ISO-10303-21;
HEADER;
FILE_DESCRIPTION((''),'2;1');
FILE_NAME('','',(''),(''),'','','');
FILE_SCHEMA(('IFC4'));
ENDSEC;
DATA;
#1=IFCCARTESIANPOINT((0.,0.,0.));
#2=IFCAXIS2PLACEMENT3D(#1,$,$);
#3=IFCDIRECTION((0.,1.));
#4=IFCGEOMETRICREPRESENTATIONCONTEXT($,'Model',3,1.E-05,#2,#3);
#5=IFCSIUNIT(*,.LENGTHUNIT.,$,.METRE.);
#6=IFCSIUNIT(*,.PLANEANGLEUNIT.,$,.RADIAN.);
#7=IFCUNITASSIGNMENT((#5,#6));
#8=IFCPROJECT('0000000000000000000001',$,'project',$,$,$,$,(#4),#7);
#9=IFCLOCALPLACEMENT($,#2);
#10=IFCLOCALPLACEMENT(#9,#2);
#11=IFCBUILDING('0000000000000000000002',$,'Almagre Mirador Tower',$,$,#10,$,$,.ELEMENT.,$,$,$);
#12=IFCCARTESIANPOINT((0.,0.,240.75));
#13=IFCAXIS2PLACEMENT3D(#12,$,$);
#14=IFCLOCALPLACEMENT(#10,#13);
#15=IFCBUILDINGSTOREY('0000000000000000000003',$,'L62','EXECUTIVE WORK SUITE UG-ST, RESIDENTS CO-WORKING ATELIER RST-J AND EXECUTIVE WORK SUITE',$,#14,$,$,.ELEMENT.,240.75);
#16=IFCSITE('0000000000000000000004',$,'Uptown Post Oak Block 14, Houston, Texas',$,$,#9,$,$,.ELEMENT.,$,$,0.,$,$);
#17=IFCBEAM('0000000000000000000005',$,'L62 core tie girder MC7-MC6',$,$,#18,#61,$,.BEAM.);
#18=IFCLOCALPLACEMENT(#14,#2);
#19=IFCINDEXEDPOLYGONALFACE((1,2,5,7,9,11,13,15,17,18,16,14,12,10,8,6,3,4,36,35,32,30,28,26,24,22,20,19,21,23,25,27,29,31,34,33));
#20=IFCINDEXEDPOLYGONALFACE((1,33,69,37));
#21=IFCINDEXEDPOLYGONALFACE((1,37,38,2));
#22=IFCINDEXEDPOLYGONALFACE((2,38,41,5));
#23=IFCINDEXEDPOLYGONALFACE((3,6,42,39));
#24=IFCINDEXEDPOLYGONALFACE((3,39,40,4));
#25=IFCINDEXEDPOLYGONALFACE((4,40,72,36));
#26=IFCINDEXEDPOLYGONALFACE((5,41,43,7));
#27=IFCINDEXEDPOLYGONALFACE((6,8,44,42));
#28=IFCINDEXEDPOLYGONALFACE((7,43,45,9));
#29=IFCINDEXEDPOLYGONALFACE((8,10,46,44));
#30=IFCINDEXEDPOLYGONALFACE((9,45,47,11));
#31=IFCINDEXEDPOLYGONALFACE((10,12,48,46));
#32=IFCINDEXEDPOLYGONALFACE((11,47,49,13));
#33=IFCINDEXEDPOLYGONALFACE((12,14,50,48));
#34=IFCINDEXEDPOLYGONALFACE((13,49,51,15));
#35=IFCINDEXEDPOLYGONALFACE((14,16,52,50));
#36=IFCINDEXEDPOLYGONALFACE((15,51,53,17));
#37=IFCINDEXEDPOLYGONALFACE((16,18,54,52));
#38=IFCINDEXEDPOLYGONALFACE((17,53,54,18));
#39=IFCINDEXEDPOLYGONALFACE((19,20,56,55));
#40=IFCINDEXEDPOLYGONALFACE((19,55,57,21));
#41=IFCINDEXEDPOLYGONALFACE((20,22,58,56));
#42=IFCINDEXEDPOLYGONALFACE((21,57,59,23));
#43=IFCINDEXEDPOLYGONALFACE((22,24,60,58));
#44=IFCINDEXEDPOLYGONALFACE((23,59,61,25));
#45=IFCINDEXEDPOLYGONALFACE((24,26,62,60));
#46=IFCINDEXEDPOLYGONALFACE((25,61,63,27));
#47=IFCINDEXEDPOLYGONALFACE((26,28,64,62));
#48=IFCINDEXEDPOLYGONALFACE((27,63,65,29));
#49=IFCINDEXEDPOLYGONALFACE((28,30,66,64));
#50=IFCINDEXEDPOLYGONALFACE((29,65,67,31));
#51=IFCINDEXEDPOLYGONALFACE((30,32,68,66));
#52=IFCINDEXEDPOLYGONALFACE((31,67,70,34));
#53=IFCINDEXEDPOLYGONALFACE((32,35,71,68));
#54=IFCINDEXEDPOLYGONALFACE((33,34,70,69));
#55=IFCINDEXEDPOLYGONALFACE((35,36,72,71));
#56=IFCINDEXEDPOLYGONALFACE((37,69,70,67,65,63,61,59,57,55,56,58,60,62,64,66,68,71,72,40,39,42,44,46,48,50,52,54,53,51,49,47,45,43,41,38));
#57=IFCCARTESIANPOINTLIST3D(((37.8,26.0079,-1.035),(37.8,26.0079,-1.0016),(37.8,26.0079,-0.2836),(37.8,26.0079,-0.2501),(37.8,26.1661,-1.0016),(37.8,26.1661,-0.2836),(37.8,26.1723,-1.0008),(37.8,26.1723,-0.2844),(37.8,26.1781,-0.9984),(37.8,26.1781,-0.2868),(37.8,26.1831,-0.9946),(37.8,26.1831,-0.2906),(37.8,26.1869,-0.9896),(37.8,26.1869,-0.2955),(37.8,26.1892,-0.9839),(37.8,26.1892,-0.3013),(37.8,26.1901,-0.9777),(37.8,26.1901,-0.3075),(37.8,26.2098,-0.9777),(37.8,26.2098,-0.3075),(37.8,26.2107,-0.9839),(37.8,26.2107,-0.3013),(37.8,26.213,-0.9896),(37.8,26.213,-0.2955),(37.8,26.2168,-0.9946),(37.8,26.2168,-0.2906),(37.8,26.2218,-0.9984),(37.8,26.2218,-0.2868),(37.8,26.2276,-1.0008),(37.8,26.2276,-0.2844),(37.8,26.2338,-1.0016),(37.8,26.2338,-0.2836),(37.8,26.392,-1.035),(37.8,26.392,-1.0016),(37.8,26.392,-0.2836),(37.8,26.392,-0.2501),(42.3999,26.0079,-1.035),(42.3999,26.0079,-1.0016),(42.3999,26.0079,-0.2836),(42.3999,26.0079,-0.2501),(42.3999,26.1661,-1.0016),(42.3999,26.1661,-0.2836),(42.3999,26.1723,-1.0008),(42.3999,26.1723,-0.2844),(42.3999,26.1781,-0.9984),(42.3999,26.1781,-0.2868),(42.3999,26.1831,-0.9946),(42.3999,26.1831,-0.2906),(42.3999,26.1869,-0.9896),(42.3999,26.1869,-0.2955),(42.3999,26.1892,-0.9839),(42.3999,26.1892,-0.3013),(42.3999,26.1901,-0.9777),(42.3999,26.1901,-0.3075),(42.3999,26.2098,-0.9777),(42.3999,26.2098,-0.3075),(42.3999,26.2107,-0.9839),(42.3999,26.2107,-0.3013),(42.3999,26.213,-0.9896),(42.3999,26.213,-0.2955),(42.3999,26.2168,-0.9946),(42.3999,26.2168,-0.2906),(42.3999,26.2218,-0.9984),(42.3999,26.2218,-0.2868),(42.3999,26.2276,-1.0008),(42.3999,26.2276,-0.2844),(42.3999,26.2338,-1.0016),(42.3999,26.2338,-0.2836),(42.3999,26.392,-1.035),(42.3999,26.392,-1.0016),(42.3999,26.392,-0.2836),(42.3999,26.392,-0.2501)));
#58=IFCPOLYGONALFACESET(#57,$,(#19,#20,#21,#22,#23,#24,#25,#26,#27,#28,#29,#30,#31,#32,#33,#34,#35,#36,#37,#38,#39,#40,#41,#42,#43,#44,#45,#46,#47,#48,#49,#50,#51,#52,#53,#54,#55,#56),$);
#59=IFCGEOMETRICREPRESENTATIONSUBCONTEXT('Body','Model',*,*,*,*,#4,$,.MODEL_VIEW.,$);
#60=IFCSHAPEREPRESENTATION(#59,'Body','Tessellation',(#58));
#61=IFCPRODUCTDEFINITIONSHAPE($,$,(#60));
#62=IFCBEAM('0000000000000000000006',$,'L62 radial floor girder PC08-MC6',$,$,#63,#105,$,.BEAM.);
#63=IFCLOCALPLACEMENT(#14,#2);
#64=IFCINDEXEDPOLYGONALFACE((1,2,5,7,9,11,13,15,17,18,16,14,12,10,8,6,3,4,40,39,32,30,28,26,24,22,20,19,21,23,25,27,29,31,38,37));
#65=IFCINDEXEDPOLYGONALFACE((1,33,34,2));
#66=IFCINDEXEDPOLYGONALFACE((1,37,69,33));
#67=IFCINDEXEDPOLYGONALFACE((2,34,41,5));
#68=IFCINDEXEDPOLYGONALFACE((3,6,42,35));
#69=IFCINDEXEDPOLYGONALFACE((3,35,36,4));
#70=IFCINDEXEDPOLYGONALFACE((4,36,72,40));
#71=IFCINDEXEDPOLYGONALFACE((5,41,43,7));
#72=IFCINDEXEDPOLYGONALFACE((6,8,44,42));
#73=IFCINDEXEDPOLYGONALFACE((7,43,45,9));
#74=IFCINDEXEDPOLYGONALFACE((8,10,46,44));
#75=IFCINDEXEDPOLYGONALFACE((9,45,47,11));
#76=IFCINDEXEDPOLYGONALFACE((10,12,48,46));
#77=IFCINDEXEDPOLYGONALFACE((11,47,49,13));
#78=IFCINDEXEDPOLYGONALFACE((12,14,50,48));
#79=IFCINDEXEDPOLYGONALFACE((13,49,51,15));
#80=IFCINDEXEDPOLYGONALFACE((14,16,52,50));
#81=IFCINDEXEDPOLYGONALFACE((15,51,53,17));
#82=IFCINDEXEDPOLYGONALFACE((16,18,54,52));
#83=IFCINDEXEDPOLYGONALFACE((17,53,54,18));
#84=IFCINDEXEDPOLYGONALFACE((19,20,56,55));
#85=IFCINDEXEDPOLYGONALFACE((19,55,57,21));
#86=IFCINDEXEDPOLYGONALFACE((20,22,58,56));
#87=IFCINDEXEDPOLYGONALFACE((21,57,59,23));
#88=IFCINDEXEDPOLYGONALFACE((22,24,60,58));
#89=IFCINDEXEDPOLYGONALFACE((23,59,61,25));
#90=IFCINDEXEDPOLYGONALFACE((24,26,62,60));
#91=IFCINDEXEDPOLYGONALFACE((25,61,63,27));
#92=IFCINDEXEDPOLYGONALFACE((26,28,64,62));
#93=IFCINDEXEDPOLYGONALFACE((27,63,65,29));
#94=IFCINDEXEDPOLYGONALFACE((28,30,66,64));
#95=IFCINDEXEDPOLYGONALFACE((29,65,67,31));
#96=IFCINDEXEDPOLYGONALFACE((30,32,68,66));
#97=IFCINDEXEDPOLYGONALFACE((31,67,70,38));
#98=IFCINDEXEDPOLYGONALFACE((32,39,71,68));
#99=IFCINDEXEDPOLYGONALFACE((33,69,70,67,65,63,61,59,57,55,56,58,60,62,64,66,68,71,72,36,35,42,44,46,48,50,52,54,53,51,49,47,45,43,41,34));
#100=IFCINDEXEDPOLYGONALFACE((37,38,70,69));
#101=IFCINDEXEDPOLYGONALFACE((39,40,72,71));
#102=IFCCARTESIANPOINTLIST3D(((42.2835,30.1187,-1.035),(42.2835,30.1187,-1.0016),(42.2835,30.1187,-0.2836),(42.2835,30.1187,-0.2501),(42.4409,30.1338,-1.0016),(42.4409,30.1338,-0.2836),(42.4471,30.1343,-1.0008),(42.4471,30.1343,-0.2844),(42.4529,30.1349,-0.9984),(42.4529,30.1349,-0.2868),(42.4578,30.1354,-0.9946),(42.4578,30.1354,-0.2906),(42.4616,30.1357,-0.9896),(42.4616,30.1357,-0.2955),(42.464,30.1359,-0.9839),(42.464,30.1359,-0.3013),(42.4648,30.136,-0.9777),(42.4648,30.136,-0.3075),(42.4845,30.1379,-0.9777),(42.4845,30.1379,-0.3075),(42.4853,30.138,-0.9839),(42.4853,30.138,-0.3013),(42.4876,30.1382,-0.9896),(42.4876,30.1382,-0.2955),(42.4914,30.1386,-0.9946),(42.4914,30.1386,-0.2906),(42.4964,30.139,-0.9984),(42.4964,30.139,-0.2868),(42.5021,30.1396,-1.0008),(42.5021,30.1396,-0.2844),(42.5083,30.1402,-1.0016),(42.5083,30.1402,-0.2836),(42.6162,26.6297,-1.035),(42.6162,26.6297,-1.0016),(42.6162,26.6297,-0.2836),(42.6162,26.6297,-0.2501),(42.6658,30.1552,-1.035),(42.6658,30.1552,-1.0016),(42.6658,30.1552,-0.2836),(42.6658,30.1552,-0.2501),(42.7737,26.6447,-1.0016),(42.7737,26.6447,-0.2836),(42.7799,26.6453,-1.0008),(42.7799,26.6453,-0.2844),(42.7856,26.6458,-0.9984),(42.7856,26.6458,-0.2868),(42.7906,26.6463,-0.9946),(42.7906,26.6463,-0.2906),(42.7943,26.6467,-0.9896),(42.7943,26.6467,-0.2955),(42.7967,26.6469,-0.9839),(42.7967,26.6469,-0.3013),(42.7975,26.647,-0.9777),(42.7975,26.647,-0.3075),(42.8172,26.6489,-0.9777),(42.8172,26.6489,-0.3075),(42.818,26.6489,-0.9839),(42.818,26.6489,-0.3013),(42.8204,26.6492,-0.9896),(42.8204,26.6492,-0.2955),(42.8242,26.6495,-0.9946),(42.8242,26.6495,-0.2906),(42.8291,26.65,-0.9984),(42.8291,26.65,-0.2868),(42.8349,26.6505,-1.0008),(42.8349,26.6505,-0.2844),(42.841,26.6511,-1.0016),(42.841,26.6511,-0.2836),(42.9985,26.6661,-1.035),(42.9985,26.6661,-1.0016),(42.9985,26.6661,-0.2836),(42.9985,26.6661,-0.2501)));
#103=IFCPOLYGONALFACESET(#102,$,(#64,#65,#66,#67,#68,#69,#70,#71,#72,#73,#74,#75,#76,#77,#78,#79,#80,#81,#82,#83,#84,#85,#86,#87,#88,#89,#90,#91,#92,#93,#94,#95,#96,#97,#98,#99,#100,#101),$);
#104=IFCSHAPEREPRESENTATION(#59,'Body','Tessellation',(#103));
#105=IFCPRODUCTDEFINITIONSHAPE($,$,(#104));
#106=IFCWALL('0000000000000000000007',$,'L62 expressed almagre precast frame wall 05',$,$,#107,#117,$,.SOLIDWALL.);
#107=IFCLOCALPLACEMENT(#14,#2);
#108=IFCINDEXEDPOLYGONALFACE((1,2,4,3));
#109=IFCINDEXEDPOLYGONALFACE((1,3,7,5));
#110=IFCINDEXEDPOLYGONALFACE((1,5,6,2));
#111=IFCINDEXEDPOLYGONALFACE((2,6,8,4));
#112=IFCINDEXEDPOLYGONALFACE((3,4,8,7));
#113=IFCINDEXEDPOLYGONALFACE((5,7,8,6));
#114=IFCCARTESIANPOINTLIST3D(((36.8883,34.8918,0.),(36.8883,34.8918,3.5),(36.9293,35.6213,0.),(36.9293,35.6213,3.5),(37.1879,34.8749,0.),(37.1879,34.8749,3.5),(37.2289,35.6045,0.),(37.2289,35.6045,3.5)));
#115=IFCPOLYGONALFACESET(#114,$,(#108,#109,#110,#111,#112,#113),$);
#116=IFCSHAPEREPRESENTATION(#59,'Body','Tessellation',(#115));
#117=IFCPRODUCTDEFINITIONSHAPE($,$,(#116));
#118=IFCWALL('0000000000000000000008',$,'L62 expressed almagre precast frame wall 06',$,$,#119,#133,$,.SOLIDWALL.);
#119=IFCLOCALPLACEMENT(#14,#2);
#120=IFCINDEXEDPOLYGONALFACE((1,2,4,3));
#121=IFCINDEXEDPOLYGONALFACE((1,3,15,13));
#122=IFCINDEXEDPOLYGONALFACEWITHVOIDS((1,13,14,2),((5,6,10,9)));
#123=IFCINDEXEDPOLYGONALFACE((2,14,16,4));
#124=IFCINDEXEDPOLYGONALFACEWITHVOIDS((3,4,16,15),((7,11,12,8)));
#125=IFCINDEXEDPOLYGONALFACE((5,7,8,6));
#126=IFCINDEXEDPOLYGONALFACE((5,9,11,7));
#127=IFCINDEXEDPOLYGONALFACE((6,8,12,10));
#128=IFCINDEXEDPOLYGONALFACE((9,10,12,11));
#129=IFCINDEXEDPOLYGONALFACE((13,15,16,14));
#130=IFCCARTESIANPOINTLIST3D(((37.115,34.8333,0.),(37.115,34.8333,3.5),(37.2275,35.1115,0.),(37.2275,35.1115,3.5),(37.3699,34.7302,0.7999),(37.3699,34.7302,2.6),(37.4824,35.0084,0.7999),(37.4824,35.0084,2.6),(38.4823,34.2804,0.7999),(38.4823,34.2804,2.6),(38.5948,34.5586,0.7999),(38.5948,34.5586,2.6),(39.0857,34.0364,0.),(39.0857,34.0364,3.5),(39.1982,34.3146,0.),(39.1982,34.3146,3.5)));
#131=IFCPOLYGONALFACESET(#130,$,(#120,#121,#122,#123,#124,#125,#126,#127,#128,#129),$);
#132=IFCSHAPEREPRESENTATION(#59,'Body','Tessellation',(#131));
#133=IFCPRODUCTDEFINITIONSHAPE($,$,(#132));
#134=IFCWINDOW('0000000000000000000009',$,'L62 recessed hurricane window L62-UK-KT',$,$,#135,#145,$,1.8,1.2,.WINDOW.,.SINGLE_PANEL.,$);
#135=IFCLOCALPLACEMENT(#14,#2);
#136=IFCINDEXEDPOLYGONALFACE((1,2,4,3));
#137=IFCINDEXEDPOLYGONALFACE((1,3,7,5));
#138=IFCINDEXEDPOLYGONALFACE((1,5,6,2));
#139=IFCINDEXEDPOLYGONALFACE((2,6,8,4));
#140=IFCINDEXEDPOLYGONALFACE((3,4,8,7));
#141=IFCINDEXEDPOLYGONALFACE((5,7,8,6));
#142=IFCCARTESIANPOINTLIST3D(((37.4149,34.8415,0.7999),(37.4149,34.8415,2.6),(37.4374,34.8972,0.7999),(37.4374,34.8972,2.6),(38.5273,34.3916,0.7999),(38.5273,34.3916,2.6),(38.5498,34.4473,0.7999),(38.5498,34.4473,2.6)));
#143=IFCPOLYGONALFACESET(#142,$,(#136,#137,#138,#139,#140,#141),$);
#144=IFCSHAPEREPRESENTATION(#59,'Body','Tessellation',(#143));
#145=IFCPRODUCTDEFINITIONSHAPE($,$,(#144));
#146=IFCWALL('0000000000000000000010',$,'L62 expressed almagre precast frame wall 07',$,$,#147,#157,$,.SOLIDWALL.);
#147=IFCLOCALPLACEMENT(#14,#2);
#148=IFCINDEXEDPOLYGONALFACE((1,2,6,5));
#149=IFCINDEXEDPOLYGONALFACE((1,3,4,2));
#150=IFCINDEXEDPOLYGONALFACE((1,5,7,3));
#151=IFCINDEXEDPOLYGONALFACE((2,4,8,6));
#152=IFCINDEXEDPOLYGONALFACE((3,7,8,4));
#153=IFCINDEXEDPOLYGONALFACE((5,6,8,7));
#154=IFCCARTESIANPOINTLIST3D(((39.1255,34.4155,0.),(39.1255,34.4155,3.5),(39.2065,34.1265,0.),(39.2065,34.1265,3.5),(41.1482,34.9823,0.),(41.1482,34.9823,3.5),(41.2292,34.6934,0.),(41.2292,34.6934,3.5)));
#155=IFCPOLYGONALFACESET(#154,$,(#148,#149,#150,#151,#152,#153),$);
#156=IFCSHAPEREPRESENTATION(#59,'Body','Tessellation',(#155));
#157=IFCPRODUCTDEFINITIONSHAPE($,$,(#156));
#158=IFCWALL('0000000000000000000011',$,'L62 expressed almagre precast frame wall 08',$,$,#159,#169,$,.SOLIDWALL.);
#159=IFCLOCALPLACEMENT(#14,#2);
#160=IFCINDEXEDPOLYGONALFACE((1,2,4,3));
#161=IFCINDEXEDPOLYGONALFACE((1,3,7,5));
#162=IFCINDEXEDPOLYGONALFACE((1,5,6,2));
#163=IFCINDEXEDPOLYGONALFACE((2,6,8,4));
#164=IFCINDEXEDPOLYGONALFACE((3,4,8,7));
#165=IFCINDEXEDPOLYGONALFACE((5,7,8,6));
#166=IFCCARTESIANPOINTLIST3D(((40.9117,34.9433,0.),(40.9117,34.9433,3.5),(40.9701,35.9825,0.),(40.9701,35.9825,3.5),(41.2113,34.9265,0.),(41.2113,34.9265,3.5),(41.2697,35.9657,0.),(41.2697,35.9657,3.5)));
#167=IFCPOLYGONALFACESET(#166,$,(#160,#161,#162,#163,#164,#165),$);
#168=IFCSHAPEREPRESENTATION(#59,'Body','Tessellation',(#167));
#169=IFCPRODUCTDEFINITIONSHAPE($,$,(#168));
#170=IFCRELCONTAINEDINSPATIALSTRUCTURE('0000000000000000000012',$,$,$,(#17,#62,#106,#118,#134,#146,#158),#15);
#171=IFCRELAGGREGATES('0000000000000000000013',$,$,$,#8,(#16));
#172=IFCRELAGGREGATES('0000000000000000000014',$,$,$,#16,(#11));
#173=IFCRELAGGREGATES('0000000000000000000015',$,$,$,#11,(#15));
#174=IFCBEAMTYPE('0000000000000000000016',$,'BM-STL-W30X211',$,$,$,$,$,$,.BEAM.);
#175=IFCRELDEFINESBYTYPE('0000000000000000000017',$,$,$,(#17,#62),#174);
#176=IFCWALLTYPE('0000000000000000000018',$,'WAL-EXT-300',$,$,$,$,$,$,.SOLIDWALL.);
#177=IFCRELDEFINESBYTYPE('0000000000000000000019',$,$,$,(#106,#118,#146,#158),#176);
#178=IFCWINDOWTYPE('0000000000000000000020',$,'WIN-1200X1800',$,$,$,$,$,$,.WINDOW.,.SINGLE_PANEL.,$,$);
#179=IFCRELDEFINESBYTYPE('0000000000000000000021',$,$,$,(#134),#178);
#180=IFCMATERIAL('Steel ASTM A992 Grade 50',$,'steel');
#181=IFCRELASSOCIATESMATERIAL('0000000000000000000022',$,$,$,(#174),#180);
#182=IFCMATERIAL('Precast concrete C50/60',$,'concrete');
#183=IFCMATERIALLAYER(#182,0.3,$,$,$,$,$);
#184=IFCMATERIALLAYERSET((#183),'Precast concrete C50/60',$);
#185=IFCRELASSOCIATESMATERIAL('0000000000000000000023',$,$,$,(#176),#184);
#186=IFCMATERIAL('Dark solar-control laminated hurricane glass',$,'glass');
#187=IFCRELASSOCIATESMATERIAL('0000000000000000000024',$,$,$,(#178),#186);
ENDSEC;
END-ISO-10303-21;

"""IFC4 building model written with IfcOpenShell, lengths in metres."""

from ifc_helpers import new_model, si_unit, direction, frame, frame_2d, origin, origin_2d, place, context, subcontext, project, spatial, rectangle, i_section, extrude, material, layer, layer_set, material_profile, profile_set, type_object, element, fill, save


model = new_model("IFC4")

# Units and contexts
model_context = context("Model", 3, precision=1e-05, world=origin(), true_north=direction((0.0, 1.0)))
body_context = subcontext(model_context, "Body", "Model", "MODEL_VIEW")
ifc_project = project(units=[si_unit("LENGTHUNIT", "METRE"), si_unit("PLANEANGLEUNIT", "RADIAN")], contexts=[model_context])

# Site, building, storey
site_placement = place(None, origin())
site = spatial("IfcSite", under=ifc_project, at=site_placement, Name="Uptown Post Oak Block 14, Houston, Texas", CompositionType="ELEMENT", RefElevation=0.0)
building_placement = place(site_placement, origin())
building = spatial("IfcBuilding", under=site, at=building_placement, Name="Almagre Mirador Tower", CompositionType="ELEMENT")
storey_placement = place(building_placement, frame((0.0, 0.0, 240.75)))
storey = spatial("IfcBuildingStorey", under=building, at=storey_placement, Name="L62", Description="EXECUTIVE WORK SUITE UG-ST, RESIDENTS CO-WORKING ATELIER RST-J AND EXECUTIVE WORK SUITE", CompositionType="ELEMENT", Elevation=240.75)

# Beams
ifc_material_1 = material(Name="Steel ASTM A992 Grade 50", Category="steel")
ifc_material_profile_1 = material_profile(ifc_material_1, i_section(OverallWidth=0.384, OverallDepth=0.7849, WebThickness=0.0198, FlangeThickness=0.0334, FilletRadius=0.0239, at=origin_2d()), Name="W30X211")
ifc_profile_set_1 = profile_set([ifc_material_profile_1], Name="Steel ASTM A992 Grade 50")
beam_type_1 = type_object("IfcBeamType", Name="BM-STL-W30X211", PredefinedType="BEAM", material=ifc_profile_set_1)
beam_1_placement = place(storey_placement, frame((37.8, 26.2, -0.6426), z_axis=(1.0, 0.0, 0.0), x_axis=(0.0, 1.0, 0.0)))
element("IfcBeam", 1, at=beam_1_placement, inside=storey, type_object=beam_type_1, Name="L62 core tie girder MC7-MC6", PredefinedType="BEAM", context=body_context, shape_type="SweptSolid", body=[
    extrude(i_section(OverallWidth=0.384, OverallDepth=0.7849, WebThickness=0.0198, FlangeThickness=0.0334, FilletRadius=0.0239, at=origin_2d()), origin(), (0.0, 0.0, 1.0), 4.5999),
])
beam_2_placement = place(storey_placement, frame((42.4746, 30.137, -0.6426), z_axis=(0.094944, -0.995483, 0.0), x_axis=(0.995483, 0.094944, 0.0)))
element("IfcBeam", 2, at=beam_2_placement, inside=storey, type_object=beam_type_1, Name="L62 radial floor girder PC08-MC6", PredefinedType="BEAM", context=body_context, shape_type="SweptSolid", body=[
    extrude(i_section(OverallWidth=0.384, OverallDepth=0.7849, WebThickness=0.0198, FlangeThickness=0.0334, FilletRadius=0.0239, at=origin_2d()), origin(), (0.0, 0.0, 1.0), 3.5049),
])

# Wall
ifc_material_2 = material(Name="Precast concrete C50/60", Category="concrete")
ifc_layer_1 = layer(ifc_material_2, 0.3)
ifc_layer_set_1 = layer_set([ifc_layer_1], Name="Precast concrete C50/60")
wall_type_1 = type_object("IfcWallType", Name="WAL-EXT-300", PredefinedType="SOLIDWALL", material=ifc_layer_set_1)
wall_1_placement = place(storey_placement, frame((37.0791, 35.6128, 0.0), z_axis=(0.0, 0.0, 1.0), x_axis=(-0.056136, -0.998423, 0.0)))
element("IfcWall", 3, at=wall_1_placement, inside=storey, type_object=wall_type_1, Name="L62 expressed almagre precast frame wall 05", PredefinedType="SOLIDWALL", context=body_context, shape_type="SweptSolid", body=[
    extrude(rectangle(XDim=0.7307, YDim=0.3, at=frame_2d((0.3652, 0.0))), origin(), (0.0, 0.0, 1.0), 3.5),
])

# Wall, opening, window
wall_2_placement = place(storey_placement, frame((37.1711, 34.9724, 0.0), z_axis=(0.0, 0.0, 1.0), x_axis=(0.927076, -0.374873, 0.0)))
wall_2 = element("IfcWall", 4, at=wall_2_placement, inside=storey, type_object=wall_type_1, Name="L62 expressed almagre precast frame wall 06", PredefinedType="SOLIDWALL", context=body_context, shape_type="SweptSolid", body=[
    extrude(rectangle(XDim=2.1257, YDim=0.3, at=frame_2d((1.063, 0.0))), origin(), (0.0, 0.0, 1.0), 3.5),
])
opening_1_placement = place(wall_2_placement, frame((0.2749, 0.0, 0.8)))
opening_1 = element("IfcOpeningElement", 5, at=opening_1_placement, cuts=wall_2, PredefinedType="OPENING", context=body_context, shape_type="SweptSolid", body=[
    extrude(rectangle(XDim=1.2, YDim=1.8, at=frame_2d((0.6001, 0.8999))), frame((0.0, 0.1599, 0.0), z_axis=(0.0, -1.0, 0.0), x_axis=(1.0, 0.0, 0.0)), (0.0, 0.0, 1.0), 0.32),
])
ifc_material_3 = material(Name="Dark solar-control laminated hurricane glass", Category="glass")
window_type_1 = type_object("IfcWindowType", Name="WIN-1200X1800", PartitioningType="SINGLE_PANEL", PredefinedType="WINDOW", material=ifc_material_3)
window_1_placement = place(opening_1_placement, origin())
window_1 = element("IfcWindow", 6, at=window_1_placement, inside=storey, type_object=window_type_1, Name="L62 recessed hurricane window L62-UK-KT", OverallHeight=1.8, OverallWidth=1.2, PartitioningType="SINGLE_PANEL", PredefinedType="WINDOW", context=body_context, shape_type="SweptSolid", body=[
    extrude(rectangle(XDim=1.2, YDim=1.8, at=frame_2d((0.6001, 0.8999))), frame((0.0, 0.03, 0.0), z_axis=(0.0, -1.0, 0.0), x_axis=(1.0, 0.0, 0.0)), (0.0, 0.0, 1.0), 0.0601),
])
fill(opening_1, window_1)

# Walls
wall_3_placement = place(storey_placement, frame((39.166, 34.271, 0.0), z_axis=(0.0, 0.0, 1.0), x_axis=(0.962898, 0.269867, 0.0)))
element("IfcWall", 7, at=wall_3_placement, inside=storey, type_object=wall_type_1, Name="L62 expressed almagre precast frame wall 07", PredefinedType="SOLIDWALL", context=body_context, shape_type="SweptSolid", body=[
    extrude(rectangle(XDim=2.1006, YDim=0.3, at=frame_2d((1.0503, 0.0))), origin(), (0.0, 0.0, 1.0), 3.5),
])
wall_4_placement = place(storey_placement, frame((41.0615, 34.9348, 0.0), z_axis=(0.0, 0.0, 1.0), x_axis=(0.056068, 0.998427, 0.0)))
element("IfcWall", 8, at=wall_4_placement, inside=storey, type_object=wall_type_1, Name="L62 expressed almagre precast frame wall 08", PredefinedType="SOLIDWALL", context=body_context, shape_type="SweptSolid", body=[
    extrude(rectangle(XDim=1.0408, YDim=0.3, at=frame_2d((0.5205, 0.0))), origin(), (0.0, 0.0, 1.0), 3.5),
])

save(model, "model.ifc")
